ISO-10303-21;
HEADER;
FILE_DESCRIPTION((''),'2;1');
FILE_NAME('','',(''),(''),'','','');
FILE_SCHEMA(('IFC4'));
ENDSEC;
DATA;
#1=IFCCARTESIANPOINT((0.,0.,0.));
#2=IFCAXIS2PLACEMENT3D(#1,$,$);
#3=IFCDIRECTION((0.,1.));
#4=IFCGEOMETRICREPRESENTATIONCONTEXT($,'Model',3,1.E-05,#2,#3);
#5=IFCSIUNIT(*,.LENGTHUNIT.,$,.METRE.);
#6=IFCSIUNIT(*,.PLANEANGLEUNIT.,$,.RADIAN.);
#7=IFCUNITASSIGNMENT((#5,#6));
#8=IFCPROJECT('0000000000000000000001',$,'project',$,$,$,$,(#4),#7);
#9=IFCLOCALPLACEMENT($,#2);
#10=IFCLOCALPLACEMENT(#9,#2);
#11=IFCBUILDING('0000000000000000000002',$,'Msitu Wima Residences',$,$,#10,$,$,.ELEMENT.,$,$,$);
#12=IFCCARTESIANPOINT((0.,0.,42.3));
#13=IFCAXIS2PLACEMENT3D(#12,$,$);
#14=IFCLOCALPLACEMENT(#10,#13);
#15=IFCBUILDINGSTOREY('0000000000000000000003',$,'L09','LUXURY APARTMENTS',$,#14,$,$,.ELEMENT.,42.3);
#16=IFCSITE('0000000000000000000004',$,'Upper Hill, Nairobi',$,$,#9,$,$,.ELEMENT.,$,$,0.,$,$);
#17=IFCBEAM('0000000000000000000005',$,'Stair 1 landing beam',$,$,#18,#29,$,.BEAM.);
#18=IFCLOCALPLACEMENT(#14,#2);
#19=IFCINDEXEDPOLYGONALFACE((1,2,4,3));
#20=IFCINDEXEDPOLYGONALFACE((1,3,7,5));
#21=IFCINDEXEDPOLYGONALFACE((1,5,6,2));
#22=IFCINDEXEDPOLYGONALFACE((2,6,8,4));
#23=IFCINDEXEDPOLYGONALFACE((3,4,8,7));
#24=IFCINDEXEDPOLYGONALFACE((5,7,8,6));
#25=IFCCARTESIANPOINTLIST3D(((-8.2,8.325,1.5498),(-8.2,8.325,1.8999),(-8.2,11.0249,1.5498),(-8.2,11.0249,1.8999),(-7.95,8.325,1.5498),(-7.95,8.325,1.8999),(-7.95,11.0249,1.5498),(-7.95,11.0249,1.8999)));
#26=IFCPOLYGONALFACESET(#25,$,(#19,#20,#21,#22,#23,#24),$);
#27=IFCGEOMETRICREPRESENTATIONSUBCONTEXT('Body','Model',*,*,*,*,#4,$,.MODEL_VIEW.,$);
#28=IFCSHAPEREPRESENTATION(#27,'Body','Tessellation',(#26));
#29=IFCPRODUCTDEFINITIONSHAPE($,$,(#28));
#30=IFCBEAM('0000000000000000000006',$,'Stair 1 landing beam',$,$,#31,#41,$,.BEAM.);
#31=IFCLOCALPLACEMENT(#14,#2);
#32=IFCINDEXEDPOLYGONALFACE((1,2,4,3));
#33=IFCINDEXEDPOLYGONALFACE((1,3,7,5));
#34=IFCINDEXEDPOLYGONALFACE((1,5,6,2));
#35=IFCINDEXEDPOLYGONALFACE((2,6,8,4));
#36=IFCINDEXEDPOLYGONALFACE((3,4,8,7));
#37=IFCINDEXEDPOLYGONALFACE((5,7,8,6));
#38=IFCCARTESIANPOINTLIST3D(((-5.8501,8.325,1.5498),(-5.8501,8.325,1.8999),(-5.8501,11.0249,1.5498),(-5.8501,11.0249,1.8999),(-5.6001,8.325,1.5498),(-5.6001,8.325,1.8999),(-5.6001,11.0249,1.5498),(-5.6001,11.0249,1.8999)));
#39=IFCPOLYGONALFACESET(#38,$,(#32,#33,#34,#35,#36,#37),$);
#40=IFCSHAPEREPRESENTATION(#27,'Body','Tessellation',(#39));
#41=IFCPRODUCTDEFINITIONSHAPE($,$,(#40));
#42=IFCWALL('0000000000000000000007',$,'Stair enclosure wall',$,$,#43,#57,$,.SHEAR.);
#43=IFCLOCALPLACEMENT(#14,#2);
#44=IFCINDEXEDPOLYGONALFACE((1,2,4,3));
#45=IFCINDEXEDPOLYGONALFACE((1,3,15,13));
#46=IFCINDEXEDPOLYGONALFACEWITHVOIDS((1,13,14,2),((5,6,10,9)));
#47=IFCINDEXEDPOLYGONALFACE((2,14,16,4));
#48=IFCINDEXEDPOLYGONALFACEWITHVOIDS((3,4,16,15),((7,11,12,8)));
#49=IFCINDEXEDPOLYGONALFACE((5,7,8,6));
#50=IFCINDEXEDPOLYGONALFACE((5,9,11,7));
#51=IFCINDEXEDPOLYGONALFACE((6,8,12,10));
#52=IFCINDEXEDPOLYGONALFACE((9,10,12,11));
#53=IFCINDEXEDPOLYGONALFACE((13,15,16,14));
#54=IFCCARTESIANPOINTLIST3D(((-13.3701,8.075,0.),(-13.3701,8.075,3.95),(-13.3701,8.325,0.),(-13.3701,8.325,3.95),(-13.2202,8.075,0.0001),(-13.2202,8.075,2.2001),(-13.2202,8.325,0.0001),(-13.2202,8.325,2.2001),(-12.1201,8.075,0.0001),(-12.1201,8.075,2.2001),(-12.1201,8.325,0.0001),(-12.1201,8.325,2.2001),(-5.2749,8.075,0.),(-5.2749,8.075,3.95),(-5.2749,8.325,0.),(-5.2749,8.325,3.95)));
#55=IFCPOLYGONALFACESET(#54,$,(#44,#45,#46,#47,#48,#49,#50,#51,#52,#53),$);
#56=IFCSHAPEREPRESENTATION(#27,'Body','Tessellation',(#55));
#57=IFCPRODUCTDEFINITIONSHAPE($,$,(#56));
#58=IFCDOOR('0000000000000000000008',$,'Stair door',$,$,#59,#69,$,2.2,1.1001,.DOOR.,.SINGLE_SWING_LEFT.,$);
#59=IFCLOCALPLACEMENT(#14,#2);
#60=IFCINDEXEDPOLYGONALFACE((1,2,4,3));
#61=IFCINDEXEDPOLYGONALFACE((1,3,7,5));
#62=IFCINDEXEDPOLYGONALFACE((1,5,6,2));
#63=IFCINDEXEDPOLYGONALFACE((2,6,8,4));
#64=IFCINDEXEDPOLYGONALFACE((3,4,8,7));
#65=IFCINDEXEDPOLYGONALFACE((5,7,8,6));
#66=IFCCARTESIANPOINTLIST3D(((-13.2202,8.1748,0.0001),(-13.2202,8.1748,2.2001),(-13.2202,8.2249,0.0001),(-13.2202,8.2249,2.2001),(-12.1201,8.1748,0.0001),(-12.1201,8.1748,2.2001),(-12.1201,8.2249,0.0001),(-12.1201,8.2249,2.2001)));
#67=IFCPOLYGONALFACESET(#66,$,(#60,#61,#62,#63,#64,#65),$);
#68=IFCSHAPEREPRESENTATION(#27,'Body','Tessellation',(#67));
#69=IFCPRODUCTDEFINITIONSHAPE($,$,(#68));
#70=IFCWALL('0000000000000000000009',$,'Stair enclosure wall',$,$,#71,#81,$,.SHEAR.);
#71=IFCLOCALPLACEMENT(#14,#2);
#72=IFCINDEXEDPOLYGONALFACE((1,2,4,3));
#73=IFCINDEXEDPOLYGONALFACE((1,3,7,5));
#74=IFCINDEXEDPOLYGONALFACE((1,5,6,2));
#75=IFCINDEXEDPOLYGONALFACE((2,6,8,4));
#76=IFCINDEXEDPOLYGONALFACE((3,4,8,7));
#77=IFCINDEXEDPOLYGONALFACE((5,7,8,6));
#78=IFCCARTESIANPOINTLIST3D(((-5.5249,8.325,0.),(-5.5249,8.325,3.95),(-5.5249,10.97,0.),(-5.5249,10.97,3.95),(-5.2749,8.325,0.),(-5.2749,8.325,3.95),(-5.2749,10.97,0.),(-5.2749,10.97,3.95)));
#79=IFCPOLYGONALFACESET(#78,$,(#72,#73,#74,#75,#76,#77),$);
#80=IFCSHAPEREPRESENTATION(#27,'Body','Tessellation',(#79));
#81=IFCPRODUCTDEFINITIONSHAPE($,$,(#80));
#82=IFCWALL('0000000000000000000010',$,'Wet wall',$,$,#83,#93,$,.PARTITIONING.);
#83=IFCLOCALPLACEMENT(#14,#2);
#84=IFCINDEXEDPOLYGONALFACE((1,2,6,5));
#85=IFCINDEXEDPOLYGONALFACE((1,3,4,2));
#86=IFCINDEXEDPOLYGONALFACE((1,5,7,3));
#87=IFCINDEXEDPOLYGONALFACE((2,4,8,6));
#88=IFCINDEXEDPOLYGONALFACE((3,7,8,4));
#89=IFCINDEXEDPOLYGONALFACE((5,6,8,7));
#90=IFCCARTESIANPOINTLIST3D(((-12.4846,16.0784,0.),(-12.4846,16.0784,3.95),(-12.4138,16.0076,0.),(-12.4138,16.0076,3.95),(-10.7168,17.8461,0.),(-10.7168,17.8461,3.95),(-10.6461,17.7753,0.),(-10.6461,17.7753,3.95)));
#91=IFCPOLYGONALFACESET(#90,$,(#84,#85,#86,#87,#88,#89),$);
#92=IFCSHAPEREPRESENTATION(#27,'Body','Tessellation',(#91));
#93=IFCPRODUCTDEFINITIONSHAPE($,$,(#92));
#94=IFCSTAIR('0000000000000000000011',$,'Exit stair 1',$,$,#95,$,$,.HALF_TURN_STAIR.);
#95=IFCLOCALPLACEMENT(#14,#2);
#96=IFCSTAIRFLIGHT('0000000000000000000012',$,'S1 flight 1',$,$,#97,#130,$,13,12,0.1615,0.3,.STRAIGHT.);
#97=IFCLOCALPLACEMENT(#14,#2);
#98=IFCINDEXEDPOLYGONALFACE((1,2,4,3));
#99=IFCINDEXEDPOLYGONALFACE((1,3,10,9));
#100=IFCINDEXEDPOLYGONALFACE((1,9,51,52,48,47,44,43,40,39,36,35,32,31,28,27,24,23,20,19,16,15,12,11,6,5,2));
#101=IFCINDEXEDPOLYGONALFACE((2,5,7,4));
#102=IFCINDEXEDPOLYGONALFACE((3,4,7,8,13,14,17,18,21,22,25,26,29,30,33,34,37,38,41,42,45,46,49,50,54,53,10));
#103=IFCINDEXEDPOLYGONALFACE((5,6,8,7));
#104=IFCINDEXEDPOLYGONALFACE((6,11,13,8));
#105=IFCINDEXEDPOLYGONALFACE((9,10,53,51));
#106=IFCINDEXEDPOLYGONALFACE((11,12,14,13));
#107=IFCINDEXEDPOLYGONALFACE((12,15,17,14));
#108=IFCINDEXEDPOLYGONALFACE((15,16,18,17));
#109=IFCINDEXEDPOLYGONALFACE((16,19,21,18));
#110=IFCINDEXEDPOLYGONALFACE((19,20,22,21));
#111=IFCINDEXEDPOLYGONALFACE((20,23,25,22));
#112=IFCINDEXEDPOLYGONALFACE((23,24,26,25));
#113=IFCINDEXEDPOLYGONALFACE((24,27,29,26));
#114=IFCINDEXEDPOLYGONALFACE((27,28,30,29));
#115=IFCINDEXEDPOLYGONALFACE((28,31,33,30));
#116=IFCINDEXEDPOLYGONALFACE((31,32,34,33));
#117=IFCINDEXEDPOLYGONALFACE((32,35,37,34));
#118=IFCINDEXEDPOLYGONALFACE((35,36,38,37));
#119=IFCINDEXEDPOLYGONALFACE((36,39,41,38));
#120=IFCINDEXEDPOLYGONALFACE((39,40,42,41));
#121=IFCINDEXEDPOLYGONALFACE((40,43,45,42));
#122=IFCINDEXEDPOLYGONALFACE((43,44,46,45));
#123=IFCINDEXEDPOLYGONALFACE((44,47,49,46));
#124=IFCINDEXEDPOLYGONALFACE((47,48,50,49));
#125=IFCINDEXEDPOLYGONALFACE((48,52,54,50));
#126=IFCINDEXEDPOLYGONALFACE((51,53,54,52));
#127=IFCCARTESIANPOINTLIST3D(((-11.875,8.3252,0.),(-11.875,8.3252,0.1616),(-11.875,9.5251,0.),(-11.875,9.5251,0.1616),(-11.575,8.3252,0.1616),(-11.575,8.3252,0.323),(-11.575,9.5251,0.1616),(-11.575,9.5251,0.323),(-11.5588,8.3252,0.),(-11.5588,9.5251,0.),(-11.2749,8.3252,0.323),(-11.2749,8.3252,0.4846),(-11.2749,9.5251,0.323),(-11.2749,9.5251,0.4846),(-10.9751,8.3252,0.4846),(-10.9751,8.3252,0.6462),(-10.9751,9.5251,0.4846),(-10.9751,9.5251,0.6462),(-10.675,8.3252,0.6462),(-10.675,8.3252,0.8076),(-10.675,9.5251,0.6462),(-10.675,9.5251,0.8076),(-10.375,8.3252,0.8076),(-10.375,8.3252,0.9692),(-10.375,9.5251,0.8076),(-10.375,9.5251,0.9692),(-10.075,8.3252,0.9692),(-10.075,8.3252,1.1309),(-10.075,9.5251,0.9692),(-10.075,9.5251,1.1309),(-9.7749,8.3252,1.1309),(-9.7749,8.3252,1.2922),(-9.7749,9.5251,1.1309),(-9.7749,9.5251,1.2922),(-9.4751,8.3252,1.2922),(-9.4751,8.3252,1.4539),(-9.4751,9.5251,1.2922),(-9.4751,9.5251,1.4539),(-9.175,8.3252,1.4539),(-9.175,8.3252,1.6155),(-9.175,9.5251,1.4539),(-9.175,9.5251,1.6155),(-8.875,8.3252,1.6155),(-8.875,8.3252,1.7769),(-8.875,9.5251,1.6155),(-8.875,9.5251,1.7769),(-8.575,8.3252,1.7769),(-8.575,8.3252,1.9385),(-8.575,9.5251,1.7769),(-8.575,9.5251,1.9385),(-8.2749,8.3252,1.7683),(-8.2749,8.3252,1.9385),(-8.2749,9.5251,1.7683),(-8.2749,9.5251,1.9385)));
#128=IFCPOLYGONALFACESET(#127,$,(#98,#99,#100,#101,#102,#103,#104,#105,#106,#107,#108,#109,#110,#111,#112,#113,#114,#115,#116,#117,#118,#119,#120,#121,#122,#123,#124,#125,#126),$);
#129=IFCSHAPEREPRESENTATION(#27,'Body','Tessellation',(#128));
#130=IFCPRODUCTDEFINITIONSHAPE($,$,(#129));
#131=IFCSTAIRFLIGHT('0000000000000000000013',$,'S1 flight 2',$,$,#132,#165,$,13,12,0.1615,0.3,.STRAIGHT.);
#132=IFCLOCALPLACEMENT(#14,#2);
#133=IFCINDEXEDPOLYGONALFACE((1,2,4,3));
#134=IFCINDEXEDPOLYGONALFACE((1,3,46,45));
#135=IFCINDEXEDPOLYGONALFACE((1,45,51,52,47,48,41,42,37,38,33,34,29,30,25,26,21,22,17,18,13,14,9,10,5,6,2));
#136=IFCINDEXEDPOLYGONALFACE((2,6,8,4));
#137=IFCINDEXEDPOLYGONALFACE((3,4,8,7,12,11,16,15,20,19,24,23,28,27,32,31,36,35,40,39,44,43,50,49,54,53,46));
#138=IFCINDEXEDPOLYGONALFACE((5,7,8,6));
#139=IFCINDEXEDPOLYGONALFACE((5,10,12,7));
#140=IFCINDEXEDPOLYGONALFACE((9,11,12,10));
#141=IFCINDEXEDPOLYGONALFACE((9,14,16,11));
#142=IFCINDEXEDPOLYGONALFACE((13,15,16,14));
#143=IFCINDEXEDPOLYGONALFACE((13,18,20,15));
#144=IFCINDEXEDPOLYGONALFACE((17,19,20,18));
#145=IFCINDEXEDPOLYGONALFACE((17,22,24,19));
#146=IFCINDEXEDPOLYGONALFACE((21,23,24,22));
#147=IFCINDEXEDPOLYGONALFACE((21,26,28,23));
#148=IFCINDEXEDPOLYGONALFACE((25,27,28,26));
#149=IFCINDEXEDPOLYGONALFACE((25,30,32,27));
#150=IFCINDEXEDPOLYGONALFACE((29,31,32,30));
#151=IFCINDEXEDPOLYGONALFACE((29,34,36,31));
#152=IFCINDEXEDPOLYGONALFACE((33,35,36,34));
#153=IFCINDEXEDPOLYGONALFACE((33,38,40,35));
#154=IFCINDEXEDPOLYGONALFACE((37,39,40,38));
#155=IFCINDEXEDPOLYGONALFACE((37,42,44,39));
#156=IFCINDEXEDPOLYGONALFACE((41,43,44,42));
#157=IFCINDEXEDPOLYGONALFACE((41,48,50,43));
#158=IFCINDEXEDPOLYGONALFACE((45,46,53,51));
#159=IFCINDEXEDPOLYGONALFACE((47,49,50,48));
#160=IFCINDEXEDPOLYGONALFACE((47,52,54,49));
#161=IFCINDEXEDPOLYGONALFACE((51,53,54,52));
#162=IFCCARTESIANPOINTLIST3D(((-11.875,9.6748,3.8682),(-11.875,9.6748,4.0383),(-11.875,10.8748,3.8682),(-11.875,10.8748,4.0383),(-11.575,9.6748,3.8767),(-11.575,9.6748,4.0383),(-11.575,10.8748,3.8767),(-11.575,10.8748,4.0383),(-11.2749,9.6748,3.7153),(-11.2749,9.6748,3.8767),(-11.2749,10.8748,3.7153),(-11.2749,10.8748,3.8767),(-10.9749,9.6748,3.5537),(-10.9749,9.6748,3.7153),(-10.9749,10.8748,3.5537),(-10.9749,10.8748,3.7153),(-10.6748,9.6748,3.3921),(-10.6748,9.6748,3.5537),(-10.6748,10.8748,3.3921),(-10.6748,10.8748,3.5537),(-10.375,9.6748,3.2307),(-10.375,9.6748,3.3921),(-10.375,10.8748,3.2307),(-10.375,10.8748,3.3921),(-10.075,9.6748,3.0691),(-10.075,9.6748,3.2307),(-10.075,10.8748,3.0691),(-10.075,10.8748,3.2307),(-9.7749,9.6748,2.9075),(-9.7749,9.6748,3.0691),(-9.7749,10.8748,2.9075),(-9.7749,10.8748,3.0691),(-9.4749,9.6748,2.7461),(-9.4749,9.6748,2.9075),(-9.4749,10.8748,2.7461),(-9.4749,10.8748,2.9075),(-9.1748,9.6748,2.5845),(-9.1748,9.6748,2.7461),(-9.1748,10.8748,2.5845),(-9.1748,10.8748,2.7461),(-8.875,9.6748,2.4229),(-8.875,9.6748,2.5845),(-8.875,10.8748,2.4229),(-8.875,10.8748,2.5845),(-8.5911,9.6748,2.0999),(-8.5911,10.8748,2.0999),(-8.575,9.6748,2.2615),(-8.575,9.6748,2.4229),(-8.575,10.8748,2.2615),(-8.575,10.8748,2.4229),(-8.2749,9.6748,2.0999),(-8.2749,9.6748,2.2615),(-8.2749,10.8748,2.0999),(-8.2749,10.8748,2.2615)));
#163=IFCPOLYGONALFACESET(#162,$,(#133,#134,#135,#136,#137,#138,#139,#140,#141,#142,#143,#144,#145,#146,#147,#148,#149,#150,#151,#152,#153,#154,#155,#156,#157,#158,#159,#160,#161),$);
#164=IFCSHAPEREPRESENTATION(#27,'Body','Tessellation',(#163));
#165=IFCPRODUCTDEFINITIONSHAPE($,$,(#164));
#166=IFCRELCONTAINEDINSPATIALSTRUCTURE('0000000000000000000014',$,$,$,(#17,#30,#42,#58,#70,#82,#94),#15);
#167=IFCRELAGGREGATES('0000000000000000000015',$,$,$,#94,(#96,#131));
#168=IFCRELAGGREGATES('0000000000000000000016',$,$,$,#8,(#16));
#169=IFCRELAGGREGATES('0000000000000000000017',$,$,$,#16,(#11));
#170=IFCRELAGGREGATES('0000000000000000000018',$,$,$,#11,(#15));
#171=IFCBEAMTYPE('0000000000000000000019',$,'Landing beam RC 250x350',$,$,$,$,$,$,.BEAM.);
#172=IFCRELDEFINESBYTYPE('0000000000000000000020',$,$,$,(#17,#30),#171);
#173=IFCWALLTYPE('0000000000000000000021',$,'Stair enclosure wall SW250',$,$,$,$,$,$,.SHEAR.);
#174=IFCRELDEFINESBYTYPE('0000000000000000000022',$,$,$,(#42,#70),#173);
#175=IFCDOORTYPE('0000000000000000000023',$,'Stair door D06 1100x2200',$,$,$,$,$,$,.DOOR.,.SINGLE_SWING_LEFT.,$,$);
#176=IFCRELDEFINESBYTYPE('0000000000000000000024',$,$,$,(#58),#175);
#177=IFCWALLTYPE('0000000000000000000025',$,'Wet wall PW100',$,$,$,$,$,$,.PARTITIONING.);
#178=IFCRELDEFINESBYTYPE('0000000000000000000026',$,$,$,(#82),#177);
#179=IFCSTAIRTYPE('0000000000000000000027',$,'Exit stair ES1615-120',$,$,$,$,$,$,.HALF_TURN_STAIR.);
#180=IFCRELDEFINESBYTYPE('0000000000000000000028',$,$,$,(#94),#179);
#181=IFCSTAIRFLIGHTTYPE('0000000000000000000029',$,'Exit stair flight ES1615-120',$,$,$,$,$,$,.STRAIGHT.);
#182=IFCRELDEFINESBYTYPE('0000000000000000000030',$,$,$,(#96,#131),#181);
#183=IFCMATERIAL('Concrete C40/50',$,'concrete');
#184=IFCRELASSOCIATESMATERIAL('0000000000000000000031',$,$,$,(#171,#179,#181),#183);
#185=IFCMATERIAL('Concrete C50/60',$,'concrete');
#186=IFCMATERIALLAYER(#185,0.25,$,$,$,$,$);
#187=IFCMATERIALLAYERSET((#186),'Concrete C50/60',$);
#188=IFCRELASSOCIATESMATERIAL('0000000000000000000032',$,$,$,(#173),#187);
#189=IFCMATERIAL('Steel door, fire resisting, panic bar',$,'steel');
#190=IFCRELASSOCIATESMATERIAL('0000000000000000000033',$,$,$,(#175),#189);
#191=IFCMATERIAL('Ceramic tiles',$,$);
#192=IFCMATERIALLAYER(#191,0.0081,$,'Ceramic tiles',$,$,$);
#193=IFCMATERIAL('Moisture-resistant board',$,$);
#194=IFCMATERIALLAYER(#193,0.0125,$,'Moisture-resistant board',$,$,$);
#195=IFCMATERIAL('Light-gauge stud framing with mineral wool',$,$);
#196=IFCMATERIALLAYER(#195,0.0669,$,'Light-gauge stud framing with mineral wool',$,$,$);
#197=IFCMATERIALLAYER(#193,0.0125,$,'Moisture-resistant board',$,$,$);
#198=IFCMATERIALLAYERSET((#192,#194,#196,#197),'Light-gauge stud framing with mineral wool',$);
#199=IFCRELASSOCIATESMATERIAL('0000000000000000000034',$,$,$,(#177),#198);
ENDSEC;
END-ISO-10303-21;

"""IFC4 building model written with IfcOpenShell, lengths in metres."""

from ifc_helpers import new_model, si_unit, direction, frame, frame_2d, origin, origin_2d, place, context, subcontext, project, spatial, polyline, rectangle, outline, extrude, material, layer, layer_set, material_profile, profile_set, type_object, element, fill, aggregate, save


model = new_model("IFC4")

# Units and contexts
model_context = context("Model", 3, precision=1e-05, world=origin(), true_north=direction((0.0, 1.0)))
body_context = subcontext(model_context, "Body", "Model", "MODEL_VIEW")
ifc_project = project(units=[si_unit("LENGTHUNIT", "METRE"), si_unit("PLANEANGLEUNIT", "RADIAN")], contexts=[model_context])

# Site, building, storey
site_placement = place(None, origin())
site = spatial("IfcSite", under=ifc_project, at=site_placement, Name="Upper Hill, Nairobi", CompositionType="ELEMENT", RefElevation=0.0)
building_placement = place(site_placement, origin())
building = spatial("IfcBuilding", under=site, at=building_placement, Name="Msitu Wima Residences", CompositionType="ELEMENT")
storey_placement = place(building_placement, frame((0.0, 0.0, 42.3)))
storey = spatial("IfcBuildingStorey", under=building, at=storey_placement, Name="L09", Description="LUXURY APARTMENTS", CompositionType="ELEMENT", Elevation=42.3)

# Beams
ifc_material_1 = material(Name="Concrete C40/50", Category="concrete")
ifc_material_profile = material_profile(ifc_material_1, rectangle(XDim=0.25, YDim=0.3501, at=origin_2d()), Name="RC 250x350")
ifc_profile_set = profile_set([ifc_material_profile], Name="Concrete C40/50")
beam_type = type_object("IfcBeamType", Name="Landing beam RC 250x350", PredefinedType="BEAM", material=ifc_profile_set)
for number, where, z_axis, x_axis, name in (
    (1, (-8.075, 8.325, 1.7249), (0.0, 1.0, 0.0), (-1.0, 0.0, 0.0), "Stair 1 landing beam"),
    (2, (-5.7251, 8.325, 1.7249), (0.0, 1.0, 0.0), (-1.0, 0.0, 0.0), "Stair 1 landing beam"),
):
    element("IfcBeam", number, at=place(storey_placement, frame(where, z_axis=z_axis, x_axis=x_axis)), inside=storey, type_object=beam_type, Name=name, PredefinedType="BEAM", context=body_context, shape_type="SweptSolid", body=[
        extrude(rectangle(XDim=0.25, YDim=0.3501, at=origin_2d()), origin(), (0.0, 0.0, 1.0), 2.7),
    ])

# Wall, opening, door
ifc_material_2 = material(Name="Concrete C50/60", Category="concrete")
ifc_layer_1 = layer(ifc_material_2, 0.25)
ifc_layer_set_1 = layer_set([ifc_layer_1], Name="Concrete C50/60")
wall_type_1 = type_object("IfcWallType", Name="Stair enclosure wall SW250", PredefinedType="SHEAR", material=ifc_layer_set_1)
wall_1_placement = place(storey_placement, frame((-13.3701, 8.2, 0.0), z_axis=(0.0, 0.0, 1.0), x_axis=(1.0, 0.0, 0.0)))
wall_1 = element("IfcWall", 3, at=wall_1_placement, inside=storey, type_object=wall_type_1, Name="Stair enclosure wall", PredefinedType="SHEAR", context=body_context, shape_type="SweptSolid", body=[
    extrude(rectangle(XDim=8.0952, YDim=0.25, at=frame_2d((4.0476, 0.0))), origin(), (0.0, 0.0, 1.0), 3.95),
])
opening_placement = place(wall_1_placement, frame((0.1499, 0.0, 0.0)))
opening = element("IfcOpeningElement", 4, at=opening_placement, cuts=wall_1, PredefinedType="OPENING", context=body_context, shape_type="SweptSolid", body=[
    extrude(rectangle(XDim=1.1001, YDim=2.2, at=frame_2d((0.55, 1.1001))), frame((0.0, 0.135, 0.0), z_axis=(0.0, -1.0, 0.0), x_axis=(1.0, 0.0, 0.0)), (0.0, 0.0, 1.0), 0.27),
])
ifc_material_3 = material(Name="Steel door, fire resisting, panic bar", Category="steel")
door_type = type_object("IfcDoorType", Name="Stair door D06 1100x2200", OperationType="SINGLE_SWING_LEFT", PredefinedType="DOOR", material=ifc_material_3)
door_placement = place(opening_placement, origin())
door = element("IfcDoor", 5, at=door_placement, inside=storey, type_object=door_type, Name="Stair door", OperationType="SINGLE_SWING_LEFT", OverallHeight=2.2, OverallWidth=1.1001, PredefinedType="DOOR", context=body_context, shape_type="SweptSolid", body=[
    extrude(rectangle(XDim=1.1001, YDim=2.2, at=frame_2d((0.55, 1.1001))), frame((0.0, 0.0249, 0.0), z_axis=(0.0, -1.0, 0.0), x_axis=(1.0, 0.0, 0.0)), (0.0, 0.0, 1.0), 0.05),
])
fill(opening, door)

# Walls
wall_2_placement = place(storey_placement, frame((-5.3999, 8.325, 0.0), z_axis=(0.0, 0.0, 1.0), x_axis=(0.0, 1.0, 0.0)))
element("IfcWall", 6, at=wall_2_placement, inside=storey, type_object=wall_type_1, Name="Stair enclosure wall", PredefinedType="SHEAR", context=body_context, shape_type="SweptSolid", body=[
    extrude(rectangle(XDim=2.645, YDim=0.25, at=frame_2d((1.3225, 0.0))), origin(), (0.0, 0.0, 1.0), 3.95),
])
ifc_material_4 = material(Name="Ceramic tiles")
ifc_layer_2 = layer(ifc_material_4, 0.0081, Name="Ceramic tiles")
ifc_material_5 = material(Name="Moisture-resistant board")
ifc_layer_3 = layer(ifc_material_5, 0.0125, Name="Moisture-resistant board")
ifc_material_6 = material(Name="Light-gauge stud framing with mineral wool")
ifc_layer_4 = layer(ifc_material_6, 0.0669, Name="Light-gauge stud framing with mineral wool")
ifc_layer_5 = layer(ifc_material_5, 0.0125, Name="Moisture-resistant board")
ifc_layer_set_2 = layer_set([ifc_layer_2, ifc_layer_3, ifc_layer_4, ifc_layer_5], Name="Light-gauge stud framing with mineral wool")
wall_type_2 = type_object("IfcWallType", Name="Wet wall PW100", PredefinedType="PARTITIONING", material=ifc_layer_set_2)
wall_3_placement = place(storey_placement, frame((-12.4492, 16.043, 0.0), z_axis=(0.0, 0.0, 1.0), x_axis=(0.707107, 0.707107, 0.0)))
element("IfcWall", 7, at=wall_3_placement, inside=storey, type_object=wall_type_2, Name="Wet wall", PredefinedType="PARTITIONING", context=body_context, shape_type="SweptSolid", body=[
    extrude(rectangle(XDim=2.5, YDim=0.1001, at=frame_2d((1.25, 0.0))), origin(), (0.0, 0.0, 1.0), 3.95),
])

# Stair, stair flights
stair_type = type_object("IfcStairType", Name="Exit stair ES1615-120", PredefinedType="HALF_TURN_STAIR", material=ifc_material_1)
stair_placement = place(storey_placement, origin())
stair = element("IfcStair", 8, at=stair_placement, inside=storey, type_object=stair_type, Name="Exit stair 1", PredefinedType="HALF_TURN_STAIR")
stair_flight_type = type_object("IfcStairFlightType", Name="Exit stair flight ES1615-120", PredefinedType="STRAIGHT", material=ifc_material_1)
stair_flight_1_placement = place(storey_placement, frame((-11.875, 8.925, 0.0), z_axis=(0.0, 0.0, 1.0), x_axis=(1.0, 0.0, 0.0)))
stair_flight_1 = element("IfcStairFlight", 9, at=stair_flight_1_placement, type_object=stair_flight_type, Name="S1 flight 1", NumberOfRisers=13, NumberOfTreads=12, PredefinedType="STRAIGHT", RiserHeight=0.1615, TreadLength=0.3, context=body_context, shape_type="SweptSolid", body=[
    extrude(outline(polyline([(0.0, 0.0), (0.0, 0.1616), (0.3, 0.1616), (0.3, 0.323), (0.6001, 0.323), (0.6001, 0.4846), (0.8999, 0.4846), (0.8999, 0.6462), (1.2, 0.6462), (1.2, 0.8076), (1.5, 0.8076), (1.5, 0.9692), (1.8, 0.9692), (1.8, 1.1309), (2.1001, 1.1309), (2.1001, 1.2922), (2.3999, 1.2922), (2.3999, 1.4539), (2.7, 1.4539), (2.7, 1.6155), (3.0, 1.6155), (3.0, 1.7769), (3.3, 1.7769), (3.3, 1.9385), (3.6001, 1.9385), (3.6001, 2.1001), (3.6001, 1.7683), (0.3162, 0.0), (0.0, 0.0)])), frame((0.0, 0.6001, 0.0), z_axis=(0.0, -1.0, 0.0), x_axis=(1.0, 0.0, 0.0)), (0.0, 0.0, 1.0), 1.2),
])
stair_flight_2_placement = place(storey_placement, frame((-8.2749, 10.2749, 2.0999), z_axis=(0.0, 0.0, 1.0), x_axis=(-1.0, 0.0, 0.0)))
stair_flight_2 = element("IfcStairFlight", 10, at=stair_flight_2_placement, type_object=stair_flight_type, Name="S1 flight 2", NumberOfRisers=13, NumberOfTreads=12, PredefinedType="STRAIGHT", RiserHeight=0.1615, TreadLength=0.3, context=body_context, shape_type="SweptSolid", body=[
    extrude(outline(polyline([(0.0, 0.0), (0.0, 0.1616), (0.3, 0.1616), (0.3, 0.323), (0.6001, 0.323), (0.6001, 0.4846), (0.8999, 0.4846), (0.8999, 0.6462), (1.2, 0.6462), (1.2, 0.8076), (1.5, 0.8076), (1.5, 0.9692), (1.8, 0.9692), (1.8, 1.1309), (2.1001, 1.1309), (2.1001, 1.2922), (2.3999, 1.2922), (2.3999, 1.4539), (2.7, 1.4539), (2.7, 1.6155), (3.0, 1.6155), (3.0, 1.7769), (3.3, 1.7769), (3.3, 1.9385), (3.6001, 1.9385), (3.6001, 2.1001), (3.6001, 1.7683), (0.3162, 0.0), (0.0, 0.0)])), frame((0.0, 0.6001, 0.0), z_axis=(0.0, -1.0, 0.0), x_axis=(1.0, 0.0, 0.0)), (0.0, 0.0, 1.0), 1.2),
])
aggregate(stair, [stair_flight_1, stair_flight_2])

save(model, "model.ifc")
